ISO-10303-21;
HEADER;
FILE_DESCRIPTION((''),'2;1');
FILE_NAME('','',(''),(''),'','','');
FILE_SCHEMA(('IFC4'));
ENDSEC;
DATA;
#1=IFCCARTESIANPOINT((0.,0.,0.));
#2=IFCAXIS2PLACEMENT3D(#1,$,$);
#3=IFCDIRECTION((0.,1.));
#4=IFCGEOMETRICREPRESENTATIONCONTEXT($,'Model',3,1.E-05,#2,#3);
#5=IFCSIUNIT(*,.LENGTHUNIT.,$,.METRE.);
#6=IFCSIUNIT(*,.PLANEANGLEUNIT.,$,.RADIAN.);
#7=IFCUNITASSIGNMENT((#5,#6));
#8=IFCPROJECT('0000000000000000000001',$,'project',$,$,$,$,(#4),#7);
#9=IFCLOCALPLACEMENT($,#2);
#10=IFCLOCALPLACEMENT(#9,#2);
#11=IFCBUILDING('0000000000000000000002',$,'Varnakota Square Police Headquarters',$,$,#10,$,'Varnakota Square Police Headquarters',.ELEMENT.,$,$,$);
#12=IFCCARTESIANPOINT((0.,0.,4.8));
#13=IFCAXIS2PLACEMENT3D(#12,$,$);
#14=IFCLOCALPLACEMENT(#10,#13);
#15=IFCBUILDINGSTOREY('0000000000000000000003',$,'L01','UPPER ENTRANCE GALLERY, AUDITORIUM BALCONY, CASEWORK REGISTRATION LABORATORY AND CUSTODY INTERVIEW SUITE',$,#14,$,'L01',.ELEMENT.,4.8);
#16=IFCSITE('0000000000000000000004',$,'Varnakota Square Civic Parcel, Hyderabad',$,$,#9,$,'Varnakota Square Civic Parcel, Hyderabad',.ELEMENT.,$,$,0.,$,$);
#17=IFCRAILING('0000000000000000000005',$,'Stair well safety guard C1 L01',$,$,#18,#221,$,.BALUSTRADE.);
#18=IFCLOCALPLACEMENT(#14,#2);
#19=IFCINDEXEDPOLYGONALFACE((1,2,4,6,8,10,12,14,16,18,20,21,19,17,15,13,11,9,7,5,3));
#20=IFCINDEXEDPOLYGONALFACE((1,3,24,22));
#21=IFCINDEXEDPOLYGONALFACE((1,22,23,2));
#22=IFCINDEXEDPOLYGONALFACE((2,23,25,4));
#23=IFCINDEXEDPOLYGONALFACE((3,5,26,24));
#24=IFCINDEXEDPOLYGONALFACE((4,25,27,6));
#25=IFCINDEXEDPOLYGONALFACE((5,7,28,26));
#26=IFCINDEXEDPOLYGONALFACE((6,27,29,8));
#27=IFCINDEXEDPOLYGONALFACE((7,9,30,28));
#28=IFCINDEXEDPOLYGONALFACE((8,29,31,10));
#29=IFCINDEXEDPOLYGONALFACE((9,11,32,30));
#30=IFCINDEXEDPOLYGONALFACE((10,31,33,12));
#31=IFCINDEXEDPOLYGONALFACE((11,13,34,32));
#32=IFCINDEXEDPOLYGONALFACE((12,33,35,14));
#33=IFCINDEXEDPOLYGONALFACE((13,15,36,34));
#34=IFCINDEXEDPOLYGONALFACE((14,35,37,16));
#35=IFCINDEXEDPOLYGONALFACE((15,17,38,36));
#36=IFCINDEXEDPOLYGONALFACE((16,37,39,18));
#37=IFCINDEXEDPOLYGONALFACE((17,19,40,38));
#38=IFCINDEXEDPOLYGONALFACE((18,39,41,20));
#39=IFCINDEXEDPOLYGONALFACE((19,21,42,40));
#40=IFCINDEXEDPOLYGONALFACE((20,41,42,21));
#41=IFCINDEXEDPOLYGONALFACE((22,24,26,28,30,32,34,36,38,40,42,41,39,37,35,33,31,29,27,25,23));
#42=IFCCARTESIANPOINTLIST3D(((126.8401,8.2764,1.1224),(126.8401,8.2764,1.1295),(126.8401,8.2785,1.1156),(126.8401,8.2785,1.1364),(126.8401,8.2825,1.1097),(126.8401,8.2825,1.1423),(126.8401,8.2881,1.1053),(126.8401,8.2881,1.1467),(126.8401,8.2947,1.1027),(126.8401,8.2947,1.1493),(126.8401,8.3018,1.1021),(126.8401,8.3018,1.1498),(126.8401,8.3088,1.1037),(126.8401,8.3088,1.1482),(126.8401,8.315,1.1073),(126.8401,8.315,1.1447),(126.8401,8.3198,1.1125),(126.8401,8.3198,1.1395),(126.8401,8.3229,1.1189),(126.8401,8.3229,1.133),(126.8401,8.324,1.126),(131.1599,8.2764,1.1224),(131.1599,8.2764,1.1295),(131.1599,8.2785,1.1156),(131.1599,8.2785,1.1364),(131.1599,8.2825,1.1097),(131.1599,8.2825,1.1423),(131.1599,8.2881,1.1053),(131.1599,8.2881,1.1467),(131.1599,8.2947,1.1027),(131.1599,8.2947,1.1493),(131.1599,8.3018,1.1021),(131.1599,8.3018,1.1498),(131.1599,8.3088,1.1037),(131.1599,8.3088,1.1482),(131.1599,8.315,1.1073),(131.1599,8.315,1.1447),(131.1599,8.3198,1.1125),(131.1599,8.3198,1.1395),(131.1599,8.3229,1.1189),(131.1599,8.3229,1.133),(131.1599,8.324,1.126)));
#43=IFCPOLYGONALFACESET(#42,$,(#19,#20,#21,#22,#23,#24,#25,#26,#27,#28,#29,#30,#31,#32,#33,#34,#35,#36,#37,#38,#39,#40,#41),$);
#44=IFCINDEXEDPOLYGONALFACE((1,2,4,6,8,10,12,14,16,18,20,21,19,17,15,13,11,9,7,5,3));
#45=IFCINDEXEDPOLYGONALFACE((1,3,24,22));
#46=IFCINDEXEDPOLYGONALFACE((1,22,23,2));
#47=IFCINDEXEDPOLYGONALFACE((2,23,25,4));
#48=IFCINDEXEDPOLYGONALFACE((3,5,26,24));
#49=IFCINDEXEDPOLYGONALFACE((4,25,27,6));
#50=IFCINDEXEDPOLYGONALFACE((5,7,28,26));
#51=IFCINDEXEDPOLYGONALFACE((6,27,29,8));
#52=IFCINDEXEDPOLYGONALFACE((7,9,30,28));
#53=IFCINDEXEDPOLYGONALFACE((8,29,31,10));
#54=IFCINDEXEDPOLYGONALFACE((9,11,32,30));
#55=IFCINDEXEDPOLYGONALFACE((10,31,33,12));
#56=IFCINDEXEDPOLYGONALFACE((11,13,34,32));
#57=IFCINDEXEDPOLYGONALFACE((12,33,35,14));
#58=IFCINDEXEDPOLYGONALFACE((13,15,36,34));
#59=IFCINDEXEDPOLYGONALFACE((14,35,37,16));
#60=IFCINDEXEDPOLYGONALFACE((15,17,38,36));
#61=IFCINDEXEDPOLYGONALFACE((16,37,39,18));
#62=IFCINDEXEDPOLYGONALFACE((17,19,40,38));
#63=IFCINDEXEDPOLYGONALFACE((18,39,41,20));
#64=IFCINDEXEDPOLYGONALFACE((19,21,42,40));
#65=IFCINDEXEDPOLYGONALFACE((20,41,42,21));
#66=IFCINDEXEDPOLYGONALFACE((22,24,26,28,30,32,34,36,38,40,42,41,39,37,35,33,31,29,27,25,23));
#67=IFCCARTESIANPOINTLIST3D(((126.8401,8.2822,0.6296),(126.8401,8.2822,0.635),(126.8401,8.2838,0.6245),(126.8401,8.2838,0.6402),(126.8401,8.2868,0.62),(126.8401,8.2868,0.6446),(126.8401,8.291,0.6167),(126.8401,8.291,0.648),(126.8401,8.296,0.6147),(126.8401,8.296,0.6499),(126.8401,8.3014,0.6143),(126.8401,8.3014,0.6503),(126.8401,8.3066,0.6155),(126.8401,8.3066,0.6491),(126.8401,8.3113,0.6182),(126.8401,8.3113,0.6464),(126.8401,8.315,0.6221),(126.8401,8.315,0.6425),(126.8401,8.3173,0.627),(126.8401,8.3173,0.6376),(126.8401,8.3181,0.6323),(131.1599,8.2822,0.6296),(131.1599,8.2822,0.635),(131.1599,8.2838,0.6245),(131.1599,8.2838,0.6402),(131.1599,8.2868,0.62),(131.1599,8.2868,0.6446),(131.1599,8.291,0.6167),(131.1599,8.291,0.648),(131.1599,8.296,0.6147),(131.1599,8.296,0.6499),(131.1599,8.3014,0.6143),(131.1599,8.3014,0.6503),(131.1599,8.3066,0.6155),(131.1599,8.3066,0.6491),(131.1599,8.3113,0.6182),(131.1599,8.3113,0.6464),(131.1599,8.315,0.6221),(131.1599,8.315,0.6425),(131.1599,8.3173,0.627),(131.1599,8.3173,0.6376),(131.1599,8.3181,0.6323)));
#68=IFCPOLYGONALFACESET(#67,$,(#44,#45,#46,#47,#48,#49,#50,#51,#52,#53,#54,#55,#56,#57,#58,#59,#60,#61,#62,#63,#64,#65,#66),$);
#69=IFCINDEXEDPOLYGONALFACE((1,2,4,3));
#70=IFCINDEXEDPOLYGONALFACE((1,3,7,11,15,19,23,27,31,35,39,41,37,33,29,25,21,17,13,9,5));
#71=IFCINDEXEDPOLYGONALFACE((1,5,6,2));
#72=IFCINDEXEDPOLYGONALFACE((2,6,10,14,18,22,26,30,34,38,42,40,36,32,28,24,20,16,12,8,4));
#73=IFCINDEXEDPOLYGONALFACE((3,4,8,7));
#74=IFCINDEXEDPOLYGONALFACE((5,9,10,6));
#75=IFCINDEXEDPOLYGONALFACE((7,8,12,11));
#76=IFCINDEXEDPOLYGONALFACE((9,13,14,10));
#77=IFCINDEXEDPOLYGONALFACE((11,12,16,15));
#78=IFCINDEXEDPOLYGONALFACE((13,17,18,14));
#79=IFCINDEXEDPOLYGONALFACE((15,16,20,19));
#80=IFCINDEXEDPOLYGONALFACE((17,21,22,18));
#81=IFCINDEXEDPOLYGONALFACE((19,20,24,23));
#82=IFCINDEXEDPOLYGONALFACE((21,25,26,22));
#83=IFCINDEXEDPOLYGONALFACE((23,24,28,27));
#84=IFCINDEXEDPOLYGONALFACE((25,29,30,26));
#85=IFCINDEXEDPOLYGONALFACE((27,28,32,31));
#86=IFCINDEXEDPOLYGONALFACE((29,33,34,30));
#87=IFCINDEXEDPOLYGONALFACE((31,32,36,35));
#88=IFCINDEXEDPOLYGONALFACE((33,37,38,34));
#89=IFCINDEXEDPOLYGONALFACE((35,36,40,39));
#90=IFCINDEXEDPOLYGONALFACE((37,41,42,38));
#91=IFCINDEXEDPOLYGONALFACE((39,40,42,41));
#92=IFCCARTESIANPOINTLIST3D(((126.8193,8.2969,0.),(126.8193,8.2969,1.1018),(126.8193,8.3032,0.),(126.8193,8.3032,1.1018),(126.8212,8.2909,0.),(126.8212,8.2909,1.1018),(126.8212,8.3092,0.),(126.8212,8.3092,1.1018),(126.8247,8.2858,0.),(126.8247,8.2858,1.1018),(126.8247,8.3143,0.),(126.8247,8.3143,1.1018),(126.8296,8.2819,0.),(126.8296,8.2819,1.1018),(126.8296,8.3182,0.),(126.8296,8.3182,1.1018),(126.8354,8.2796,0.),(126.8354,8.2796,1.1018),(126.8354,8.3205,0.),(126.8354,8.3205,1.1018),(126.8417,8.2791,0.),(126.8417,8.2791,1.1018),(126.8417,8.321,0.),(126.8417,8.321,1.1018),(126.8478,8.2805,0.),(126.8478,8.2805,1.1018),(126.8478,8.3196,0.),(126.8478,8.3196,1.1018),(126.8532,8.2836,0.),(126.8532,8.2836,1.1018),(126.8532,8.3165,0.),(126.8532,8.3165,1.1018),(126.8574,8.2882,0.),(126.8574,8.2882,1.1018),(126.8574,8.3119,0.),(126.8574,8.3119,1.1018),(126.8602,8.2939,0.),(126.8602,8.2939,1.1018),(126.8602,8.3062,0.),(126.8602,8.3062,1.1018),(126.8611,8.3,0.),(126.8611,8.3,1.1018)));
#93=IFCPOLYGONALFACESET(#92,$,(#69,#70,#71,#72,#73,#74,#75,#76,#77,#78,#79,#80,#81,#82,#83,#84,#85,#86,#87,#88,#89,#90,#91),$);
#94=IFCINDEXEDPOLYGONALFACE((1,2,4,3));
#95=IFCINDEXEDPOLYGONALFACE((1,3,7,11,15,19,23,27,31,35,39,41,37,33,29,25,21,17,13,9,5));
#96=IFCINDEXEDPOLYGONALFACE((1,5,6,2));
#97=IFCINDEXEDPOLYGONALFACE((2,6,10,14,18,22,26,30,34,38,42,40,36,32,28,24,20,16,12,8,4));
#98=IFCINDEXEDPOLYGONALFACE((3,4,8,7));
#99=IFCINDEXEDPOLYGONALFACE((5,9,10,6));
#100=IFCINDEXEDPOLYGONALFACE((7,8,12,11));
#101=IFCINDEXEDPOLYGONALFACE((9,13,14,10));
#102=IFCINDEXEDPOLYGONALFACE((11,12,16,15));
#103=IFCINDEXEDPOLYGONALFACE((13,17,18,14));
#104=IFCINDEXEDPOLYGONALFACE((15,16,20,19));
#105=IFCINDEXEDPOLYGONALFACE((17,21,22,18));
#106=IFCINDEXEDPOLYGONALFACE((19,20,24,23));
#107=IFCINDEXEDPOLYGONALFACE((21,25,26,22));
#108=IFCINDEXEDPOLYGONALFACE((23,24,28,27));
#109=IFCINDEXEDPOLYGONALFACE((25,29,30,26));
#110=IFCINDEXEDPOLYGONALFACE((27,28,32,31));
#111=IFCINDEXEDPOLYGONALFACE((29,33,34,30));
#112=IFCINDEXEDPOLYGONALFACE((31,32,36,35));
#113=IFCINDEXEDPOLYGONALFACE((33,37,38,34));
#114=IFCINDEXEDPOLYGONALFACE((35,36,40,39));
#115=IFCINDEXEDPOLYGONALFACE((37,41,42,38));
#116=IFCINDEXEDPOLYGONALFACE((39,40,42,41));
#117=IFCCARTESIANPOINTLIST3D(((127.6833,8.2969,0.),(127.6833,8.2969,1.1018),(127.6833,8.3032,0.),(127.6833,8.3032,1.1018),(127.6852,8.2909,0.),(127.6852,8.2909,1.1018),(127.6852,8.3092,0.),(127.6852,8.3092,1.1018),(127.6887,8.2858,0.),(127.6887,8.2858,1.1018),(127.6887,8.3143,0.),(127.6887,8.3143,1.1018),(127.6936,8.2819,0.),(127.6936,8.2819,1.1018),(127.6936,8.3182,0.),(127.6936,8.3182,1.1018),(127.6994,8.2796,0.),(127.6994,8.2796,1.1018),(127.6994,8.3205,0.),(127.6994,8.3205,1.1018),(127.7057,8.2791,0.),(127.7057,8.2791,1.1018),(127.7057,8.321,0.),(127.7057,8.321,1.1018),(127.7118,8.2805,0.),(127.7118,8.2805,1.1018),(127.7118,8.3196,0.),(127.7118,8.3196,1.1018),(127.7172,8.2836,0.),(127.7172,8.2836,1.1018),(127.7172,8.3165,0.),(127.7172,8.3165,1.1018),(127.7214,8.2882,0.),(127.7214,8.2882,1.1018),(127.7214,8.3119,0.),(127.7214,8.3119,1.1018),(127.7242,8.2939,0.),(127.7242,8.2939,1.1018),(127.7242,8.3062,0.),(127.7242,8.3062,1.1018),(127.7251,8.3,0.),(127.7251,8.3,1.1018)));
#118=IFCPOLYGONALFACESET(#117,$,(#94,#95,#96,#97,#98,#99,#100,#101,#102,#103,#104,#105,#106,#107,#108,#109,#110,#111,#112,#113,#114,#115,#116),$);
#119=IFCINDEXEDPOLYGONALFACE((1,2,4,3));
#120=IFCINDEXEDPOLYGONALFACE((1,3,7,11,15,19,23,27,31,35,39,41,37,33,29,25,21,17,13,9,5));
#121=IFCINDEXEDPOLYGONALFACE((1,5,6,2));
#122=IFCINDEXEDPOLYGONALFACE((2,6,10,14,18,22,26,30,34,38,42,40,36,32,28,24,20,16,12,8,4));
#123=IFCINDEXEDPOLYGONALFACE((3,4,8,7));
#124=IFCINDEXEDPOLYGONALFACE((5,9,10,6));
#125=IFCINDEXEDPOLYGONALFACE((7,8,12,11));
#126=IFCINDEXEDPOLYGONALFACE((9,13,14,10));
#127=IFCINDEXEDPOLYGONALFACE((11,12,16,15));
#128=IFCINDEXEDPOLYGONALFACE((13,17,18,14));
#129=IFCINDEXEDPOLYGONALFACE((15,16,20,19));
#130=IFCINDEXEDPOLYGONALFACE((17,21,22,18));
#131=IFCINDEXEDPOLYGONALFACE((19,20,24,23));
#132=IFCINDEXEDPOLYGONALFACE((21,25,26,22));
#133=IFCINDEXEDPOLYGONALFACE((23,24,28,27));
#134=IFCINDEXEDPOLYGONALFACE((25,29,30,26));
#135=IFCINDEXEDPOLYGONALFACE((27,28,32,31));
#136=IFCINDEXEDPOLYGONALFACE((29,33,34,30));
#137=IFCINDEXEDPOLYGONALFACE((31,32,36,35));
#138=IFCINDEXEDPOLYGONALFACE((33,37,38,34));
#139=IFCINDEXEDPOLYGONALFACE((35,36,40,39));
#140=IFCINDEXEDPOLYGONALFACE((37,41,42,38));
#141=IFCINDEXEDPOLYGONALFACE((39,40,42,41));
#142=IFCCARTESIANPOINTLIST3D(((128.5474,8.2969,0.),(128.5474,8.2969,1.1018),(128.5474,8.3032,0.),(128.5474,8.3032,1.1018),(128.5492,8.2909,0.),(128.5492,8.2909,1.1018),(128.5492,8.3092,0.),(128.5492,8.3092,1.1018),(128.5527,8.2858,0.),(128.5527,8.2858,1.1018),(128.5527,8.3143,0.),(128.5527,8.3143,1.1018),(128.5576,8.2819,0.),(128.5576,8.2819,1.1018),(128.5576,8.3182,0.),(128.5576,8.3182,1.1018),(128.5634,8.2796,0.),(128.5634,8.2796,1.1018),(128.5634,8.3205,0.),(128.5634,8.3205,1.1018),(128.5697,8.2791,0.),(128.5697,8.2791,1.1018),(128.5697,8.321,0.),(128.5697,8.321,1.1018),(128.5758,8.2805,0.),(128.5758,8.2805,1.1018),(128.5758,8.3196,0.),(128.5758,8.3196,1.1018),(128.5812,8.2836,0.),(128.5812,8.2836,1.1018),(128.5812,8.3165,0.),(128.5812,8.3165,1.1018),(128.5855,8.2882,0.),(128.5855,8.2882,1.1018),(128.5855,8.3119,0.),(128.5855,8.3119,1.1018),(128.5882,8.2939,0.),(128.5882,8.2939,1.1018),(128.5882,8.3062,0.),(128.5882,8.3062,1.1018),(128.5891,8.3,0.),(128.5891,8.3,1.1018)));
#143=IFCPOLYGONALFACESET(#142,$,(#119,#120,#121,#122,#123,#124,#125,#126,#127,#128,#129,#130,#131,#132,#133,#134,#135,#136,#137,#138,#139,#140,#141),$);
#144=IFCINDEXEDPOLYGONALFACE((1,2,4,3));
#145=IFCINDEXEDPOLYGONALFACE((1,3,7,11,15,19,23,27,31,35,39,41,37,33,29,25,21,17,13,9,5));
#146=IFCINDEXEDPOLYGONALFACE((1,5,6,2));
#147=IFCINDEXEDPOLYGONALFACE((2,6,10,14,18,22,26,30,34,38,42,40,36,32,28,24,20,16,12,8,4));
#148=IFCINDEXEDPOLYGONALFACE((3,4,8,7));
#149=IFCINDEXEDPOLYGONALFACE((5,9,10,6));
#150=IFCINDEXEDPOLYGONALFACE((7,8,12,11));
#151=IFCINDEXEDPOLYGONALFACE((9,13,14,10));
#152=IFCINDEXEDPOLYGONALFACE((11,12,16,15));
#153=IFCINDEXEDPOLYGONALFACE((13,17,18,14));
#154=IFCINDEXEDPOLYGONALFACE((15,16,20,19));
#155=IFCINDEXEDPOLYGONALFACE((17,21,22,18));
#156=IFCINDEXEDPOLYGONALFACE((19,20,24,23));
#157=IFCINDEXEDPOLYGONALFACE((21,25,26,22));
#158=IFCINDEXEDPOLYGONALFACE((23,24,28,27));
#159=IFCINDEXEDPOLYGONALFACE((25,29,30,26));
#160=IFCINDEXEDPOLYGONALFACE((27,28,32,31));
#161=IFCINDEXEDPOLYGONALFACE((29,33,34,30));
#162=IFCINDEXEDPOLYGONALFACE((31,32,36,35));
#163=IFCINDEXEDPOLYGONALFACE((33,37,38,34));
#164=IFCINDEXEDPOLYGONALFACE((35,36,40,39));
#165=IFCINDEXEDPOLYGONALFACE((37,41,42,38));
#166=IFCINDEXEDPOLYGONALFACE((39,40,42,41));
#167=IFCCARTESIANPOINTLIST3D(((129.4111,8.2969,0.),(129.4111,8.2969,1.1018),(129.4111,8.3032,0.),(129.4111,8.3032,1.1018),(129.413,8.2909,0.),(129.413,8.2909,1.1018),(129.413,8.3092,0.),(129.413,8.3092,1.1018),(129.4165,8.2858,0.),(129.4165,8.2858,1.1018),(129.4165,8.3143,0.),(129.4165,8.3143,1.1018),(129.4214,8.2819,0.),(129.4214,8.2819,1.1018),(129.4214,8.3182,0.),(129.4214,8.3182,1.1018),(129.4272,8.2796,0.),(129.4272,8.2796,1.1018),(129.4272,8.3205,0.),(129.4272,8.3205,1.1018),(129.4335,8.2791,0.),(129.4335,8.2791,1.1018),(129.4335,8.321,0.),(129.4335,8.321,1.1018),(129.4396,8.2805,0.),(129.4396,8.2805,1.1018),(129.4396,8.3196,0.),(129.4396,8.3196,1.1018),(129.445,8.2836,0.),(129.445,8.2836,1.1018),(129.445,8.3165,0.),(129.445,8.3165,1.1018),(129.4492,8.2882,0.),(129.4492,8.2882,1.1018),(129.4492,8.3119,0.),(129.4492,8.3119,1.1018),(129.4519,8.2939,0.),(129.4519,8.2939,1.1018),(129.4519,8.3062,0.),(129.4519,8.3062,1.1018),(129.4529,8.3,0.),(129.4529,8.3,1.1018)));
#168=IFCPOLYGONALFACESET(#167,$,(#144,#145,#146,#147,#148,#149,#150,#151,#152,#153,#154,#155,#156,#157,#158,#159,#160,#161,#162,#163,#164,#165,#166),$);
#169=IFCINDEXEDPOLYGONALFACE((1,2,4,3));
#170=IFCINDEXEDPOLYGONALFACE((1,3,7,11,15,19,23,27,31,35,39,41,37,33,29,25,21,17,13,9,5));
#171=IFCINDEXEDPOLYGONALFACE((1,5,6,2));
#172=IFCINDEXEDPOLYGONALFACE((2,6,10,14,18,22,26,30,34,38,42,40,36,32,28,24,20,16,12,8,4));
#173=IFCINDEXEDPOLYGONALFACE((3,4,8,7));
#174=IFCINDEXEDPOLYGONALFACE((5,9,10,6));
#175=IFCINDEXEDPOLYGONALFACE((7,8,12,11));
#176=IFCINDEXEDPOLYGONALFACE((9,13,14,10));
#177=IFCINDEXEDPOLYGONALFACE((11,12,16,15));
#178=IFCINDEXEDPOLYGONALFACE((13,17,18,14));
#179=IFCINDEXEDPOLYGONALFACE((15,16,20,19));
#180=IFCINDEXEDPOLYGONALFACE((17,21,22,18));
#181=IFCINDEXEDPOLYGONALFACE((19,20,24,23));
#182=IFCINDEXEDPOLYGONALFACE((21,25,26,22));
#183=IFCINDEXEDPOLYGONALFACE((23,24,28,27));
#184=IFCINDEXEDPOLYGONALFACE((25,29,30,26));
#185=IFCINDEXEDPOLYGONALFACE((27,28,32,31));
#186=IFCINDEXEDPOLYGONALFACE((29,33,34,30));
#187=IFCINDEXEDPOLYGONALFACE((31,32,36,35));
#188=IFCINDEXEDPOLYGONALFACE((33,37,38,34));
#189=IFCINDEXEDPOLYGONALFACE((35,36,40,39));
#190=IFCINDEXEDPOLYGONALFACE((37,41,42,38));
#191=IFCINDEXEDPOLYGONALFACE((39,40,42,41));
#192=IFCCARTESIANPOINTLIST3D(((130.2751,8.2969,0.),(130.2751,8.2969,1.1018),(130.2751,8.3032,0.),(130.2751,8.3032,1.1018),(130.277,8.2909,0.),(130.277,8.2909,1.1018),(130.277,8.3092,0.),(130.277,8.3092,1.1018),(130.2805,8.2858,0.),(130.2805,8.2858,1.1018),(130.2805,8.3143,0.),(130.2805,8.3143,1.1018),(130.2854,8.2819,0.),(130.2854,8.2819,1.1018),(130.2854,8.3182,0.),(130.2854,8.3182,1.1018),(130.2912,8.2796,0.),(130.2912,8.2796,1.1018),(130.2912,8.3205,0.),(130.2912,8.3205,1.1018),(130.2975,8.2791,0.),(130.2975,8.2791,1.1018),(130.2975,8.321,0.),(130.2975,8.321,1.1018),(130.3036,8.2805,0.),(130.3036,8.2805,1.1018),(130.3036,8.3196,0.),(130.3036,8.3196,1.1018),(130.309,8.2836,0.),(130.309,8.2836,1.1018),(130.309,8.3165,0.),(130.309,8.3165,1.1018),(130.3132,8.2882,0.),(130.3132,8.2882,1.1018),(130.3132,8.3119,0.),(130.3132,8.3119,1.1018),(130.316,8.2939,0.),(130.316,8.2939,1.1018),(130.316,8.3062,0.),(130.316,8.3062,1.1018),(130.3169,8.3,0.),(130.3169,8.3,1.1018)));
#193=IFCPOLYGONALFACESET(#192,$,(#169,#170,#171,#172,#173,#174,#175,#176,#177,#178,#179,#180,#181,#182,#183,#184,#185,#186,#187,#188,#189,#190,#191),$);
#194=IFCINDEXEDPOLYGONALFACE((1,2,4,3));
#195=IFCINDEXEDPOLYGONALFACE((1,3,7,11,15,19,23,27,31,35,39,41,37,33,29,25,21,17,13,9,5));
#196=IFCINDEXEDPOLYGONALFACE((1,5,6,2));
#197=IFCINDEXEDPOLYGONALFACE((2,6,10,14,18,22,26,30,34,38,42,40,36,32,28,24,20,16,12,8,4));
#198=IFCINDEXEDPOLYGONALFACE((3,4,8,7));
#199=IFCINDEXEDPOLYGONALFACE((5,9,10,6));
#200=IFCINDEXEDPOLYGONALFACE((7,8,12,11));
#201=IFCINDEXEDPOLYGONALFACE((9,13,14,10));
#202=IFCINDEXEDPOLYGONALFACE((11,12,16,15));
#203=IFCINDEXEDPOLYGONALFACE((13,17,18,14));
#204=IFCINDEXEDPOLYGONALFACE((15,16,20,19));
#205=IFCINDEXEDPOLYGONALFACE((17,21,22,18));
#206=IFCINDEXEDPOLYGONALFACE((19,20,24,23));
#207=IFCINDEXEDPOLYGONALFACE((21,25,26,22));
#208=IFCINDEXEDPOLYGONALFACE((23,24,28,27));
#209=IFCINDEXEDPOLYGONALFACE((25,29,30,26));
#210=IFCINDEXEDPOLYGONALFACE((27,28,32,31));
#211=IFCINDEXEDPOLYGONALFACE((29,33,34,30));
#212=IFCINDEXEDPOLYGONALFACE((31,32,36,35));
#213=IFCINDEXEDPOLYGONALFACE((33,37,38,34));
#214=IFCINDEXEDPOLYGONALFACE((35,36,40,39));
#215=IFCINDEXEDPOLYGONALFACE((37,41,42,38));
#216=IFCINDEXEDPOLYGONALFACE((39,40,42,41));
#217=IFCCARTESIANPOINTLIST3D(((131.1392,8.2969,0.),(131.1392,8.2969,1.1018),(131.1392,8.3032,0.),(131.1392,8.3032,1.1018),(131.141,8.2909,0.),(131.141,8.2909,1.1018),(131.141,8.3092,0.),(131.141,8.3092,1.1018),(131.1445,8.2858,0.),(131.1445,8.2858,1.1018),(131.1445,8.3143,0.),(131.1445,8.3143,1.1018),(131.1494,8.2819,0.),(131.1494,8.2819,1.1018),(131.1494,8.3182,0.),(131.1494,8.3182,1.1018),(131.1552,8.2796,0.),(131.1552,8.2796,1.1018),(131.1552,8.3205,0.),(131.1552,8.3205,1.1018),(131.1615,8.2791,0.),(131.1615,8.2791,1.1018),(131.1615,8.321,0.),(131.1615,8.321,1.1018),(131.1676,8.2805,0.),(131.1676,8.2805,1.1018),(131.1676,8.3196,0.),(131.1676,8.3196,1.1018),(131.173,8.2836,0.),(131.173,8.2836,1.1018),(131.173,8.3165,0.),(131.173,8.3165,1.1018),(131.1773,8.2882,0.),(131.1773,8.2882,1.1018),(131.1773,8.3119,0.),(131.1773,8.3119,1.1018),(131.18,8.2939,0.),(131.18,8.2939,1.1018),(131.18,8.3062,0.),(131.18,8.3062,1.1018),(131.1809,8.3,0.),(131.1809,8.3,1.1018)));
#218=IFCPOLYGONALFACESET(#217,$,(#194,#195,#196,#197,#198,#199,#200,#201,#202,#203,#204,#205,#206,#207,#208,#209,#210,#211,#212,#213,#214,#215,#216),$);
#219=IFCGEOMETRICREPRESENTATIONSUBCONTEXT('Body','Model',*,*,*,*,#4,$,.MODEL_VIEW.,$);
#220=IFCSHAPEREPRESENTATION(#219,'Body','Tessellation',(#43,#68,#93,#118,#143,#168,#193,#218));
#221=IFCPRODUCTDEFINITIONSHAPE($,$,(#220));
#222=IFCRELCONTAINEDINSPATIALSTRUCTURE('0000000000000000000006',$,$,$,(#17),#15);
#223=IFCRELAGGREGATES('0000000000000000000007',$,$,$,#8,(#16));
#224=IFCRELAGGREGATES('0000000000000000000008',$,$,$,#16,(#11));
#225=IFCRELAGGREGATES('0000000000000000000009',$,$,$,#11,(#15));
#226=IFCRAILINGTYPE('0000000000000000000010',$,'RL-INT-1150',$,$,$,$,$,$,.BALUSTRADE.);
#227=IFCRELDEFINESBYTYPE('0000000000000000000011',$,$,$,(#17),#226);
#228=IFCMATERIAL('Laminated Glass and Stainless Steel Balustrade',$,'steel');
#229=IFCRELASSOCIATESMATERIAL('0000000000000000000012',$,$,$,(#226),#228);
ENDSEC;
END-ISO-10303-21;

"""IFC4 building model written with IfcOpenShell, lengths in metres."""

from ifc_helpers import new_model, si_unit, direction, frame, origin, origin_2d, place, context, subcontext, project, spatial, circle, extrude, material, type_object, element, save


model = new_model("IFC4")

# Units and contexts
model_context = context("Model", 3, precision=1e-05, world=origin(), true_north=direction((0.0, 1.0)))
body_context = subcontext(model_context, "Body", "Model", "MODEL_VIEW")
ifc_project = project(units=[si_unit("LENGTHUNIT", "METRE"), si_unit("PLANEANGLEUNIT", "RADIAN")], contexts=[model_context])

# Site, building, storey
site_placement = place(None, origin())
site = spatial("IfcSite", under=ifc_project, at=site_placement, Name="Varnakota Square Civic Parcel, Hyderabad", LongName="Varnakota Square Civic Parcel, Hyderabad", CompositionType="ELEMENT", RefElevation=0.0)
building_placement = place(site_placement, origin())
building = spatial("IfcBuilding", under=site, at=building_placement, Name="Varnakota Square Police Headquarters", LongName="Varnakota Square Police Headquarters", CompositionType="ELEMENT")
storey_placement = place(building_placement, frame((0.0, 0.0, 4.8)))
storey = spatial("IfcBuildingStorey", under=building, at=storey_placement, Name="L01", Description="UPPER ENTRANCE GALLERY, AUDITORIUM BALCONY, CASEWORK REGISTRATION LABORATORY AND CUSTODY INTERVIEW SUITE", LongName="L01", CompositionType="ELEMENT", Elevation=4.8)

# Railing
ifc_material_1 = material(Name="Laminated Glass and Stainless Steel Balustrade", Category="steel")
railing_type_1 = type_object("IfcRailingType", Name="RL-INT-1150", PredefinedType="BALUSTRADE", material=ifc_material_1)
railing_1_placement = place(storey_placement, frame((126.8401, 8.3, 0.0)))
element("IfcRailing", 1, at=railing_1_placement, inside=storey, type_object=railing_type_1, Name="Stair well safety guard C1 L01", PredefinedType="BALUSTRADE", context=body_context, shape_type="SweptSolid", body=[
    extrude(circle(Radius=0.0239, at=origin_2d()), frame((0.0, 0.0, 1.126), z_axis=(1.0, 0.0, 0.0), x_axis=(0.0, 1.0, 0.0)), (0.0, 0.0, 1.0), 4.3198),
    extrude(circle(Radius=0.0181, at=origin_2d()), frame((0.0, 0.0, 0.6323), z_axis=(1.0, 0.0, 0.0), x_axis=(0.0, 1.0, 0.0)), (0.0, 0.0, 1.0), 4.3198),
    extrude(circle(Radius=0.021, at=origin_2d()), origin(), (0.0, 0.0, 1.0), 1.1018),
    extrude(circle(Radius=0.021, at=origin_2d()), frame((0.864, 0.0, 0.0)), (0.0, 0.0, 1.0), 1.1018),
    extrude(circle(Radius=0.021, at=origin_2d()), frame((1.728, 0.0, 0.0)), (0.0, 0.0, 1.0), 1.1018),
    extrude(circle(Radius=0.021, at=origin_2d()), frame((2.5918, 0.0, 0.0)), (0.0, 0.0, 1.0), 1.1018),
    extrude(circle(Radius=0.021, at=origin_2d()), frame((3.4558, 0.0, 0.0)), (0.0, 0.0, 1.0), 1.1018),
    extrude(circle(Radius=0.021, at=origin_2d()), frame((4.3198, 0.0, 0.0)), (0.0, 0.0, 1.0), 1.1018),
])

save(model, "model.ifc")
